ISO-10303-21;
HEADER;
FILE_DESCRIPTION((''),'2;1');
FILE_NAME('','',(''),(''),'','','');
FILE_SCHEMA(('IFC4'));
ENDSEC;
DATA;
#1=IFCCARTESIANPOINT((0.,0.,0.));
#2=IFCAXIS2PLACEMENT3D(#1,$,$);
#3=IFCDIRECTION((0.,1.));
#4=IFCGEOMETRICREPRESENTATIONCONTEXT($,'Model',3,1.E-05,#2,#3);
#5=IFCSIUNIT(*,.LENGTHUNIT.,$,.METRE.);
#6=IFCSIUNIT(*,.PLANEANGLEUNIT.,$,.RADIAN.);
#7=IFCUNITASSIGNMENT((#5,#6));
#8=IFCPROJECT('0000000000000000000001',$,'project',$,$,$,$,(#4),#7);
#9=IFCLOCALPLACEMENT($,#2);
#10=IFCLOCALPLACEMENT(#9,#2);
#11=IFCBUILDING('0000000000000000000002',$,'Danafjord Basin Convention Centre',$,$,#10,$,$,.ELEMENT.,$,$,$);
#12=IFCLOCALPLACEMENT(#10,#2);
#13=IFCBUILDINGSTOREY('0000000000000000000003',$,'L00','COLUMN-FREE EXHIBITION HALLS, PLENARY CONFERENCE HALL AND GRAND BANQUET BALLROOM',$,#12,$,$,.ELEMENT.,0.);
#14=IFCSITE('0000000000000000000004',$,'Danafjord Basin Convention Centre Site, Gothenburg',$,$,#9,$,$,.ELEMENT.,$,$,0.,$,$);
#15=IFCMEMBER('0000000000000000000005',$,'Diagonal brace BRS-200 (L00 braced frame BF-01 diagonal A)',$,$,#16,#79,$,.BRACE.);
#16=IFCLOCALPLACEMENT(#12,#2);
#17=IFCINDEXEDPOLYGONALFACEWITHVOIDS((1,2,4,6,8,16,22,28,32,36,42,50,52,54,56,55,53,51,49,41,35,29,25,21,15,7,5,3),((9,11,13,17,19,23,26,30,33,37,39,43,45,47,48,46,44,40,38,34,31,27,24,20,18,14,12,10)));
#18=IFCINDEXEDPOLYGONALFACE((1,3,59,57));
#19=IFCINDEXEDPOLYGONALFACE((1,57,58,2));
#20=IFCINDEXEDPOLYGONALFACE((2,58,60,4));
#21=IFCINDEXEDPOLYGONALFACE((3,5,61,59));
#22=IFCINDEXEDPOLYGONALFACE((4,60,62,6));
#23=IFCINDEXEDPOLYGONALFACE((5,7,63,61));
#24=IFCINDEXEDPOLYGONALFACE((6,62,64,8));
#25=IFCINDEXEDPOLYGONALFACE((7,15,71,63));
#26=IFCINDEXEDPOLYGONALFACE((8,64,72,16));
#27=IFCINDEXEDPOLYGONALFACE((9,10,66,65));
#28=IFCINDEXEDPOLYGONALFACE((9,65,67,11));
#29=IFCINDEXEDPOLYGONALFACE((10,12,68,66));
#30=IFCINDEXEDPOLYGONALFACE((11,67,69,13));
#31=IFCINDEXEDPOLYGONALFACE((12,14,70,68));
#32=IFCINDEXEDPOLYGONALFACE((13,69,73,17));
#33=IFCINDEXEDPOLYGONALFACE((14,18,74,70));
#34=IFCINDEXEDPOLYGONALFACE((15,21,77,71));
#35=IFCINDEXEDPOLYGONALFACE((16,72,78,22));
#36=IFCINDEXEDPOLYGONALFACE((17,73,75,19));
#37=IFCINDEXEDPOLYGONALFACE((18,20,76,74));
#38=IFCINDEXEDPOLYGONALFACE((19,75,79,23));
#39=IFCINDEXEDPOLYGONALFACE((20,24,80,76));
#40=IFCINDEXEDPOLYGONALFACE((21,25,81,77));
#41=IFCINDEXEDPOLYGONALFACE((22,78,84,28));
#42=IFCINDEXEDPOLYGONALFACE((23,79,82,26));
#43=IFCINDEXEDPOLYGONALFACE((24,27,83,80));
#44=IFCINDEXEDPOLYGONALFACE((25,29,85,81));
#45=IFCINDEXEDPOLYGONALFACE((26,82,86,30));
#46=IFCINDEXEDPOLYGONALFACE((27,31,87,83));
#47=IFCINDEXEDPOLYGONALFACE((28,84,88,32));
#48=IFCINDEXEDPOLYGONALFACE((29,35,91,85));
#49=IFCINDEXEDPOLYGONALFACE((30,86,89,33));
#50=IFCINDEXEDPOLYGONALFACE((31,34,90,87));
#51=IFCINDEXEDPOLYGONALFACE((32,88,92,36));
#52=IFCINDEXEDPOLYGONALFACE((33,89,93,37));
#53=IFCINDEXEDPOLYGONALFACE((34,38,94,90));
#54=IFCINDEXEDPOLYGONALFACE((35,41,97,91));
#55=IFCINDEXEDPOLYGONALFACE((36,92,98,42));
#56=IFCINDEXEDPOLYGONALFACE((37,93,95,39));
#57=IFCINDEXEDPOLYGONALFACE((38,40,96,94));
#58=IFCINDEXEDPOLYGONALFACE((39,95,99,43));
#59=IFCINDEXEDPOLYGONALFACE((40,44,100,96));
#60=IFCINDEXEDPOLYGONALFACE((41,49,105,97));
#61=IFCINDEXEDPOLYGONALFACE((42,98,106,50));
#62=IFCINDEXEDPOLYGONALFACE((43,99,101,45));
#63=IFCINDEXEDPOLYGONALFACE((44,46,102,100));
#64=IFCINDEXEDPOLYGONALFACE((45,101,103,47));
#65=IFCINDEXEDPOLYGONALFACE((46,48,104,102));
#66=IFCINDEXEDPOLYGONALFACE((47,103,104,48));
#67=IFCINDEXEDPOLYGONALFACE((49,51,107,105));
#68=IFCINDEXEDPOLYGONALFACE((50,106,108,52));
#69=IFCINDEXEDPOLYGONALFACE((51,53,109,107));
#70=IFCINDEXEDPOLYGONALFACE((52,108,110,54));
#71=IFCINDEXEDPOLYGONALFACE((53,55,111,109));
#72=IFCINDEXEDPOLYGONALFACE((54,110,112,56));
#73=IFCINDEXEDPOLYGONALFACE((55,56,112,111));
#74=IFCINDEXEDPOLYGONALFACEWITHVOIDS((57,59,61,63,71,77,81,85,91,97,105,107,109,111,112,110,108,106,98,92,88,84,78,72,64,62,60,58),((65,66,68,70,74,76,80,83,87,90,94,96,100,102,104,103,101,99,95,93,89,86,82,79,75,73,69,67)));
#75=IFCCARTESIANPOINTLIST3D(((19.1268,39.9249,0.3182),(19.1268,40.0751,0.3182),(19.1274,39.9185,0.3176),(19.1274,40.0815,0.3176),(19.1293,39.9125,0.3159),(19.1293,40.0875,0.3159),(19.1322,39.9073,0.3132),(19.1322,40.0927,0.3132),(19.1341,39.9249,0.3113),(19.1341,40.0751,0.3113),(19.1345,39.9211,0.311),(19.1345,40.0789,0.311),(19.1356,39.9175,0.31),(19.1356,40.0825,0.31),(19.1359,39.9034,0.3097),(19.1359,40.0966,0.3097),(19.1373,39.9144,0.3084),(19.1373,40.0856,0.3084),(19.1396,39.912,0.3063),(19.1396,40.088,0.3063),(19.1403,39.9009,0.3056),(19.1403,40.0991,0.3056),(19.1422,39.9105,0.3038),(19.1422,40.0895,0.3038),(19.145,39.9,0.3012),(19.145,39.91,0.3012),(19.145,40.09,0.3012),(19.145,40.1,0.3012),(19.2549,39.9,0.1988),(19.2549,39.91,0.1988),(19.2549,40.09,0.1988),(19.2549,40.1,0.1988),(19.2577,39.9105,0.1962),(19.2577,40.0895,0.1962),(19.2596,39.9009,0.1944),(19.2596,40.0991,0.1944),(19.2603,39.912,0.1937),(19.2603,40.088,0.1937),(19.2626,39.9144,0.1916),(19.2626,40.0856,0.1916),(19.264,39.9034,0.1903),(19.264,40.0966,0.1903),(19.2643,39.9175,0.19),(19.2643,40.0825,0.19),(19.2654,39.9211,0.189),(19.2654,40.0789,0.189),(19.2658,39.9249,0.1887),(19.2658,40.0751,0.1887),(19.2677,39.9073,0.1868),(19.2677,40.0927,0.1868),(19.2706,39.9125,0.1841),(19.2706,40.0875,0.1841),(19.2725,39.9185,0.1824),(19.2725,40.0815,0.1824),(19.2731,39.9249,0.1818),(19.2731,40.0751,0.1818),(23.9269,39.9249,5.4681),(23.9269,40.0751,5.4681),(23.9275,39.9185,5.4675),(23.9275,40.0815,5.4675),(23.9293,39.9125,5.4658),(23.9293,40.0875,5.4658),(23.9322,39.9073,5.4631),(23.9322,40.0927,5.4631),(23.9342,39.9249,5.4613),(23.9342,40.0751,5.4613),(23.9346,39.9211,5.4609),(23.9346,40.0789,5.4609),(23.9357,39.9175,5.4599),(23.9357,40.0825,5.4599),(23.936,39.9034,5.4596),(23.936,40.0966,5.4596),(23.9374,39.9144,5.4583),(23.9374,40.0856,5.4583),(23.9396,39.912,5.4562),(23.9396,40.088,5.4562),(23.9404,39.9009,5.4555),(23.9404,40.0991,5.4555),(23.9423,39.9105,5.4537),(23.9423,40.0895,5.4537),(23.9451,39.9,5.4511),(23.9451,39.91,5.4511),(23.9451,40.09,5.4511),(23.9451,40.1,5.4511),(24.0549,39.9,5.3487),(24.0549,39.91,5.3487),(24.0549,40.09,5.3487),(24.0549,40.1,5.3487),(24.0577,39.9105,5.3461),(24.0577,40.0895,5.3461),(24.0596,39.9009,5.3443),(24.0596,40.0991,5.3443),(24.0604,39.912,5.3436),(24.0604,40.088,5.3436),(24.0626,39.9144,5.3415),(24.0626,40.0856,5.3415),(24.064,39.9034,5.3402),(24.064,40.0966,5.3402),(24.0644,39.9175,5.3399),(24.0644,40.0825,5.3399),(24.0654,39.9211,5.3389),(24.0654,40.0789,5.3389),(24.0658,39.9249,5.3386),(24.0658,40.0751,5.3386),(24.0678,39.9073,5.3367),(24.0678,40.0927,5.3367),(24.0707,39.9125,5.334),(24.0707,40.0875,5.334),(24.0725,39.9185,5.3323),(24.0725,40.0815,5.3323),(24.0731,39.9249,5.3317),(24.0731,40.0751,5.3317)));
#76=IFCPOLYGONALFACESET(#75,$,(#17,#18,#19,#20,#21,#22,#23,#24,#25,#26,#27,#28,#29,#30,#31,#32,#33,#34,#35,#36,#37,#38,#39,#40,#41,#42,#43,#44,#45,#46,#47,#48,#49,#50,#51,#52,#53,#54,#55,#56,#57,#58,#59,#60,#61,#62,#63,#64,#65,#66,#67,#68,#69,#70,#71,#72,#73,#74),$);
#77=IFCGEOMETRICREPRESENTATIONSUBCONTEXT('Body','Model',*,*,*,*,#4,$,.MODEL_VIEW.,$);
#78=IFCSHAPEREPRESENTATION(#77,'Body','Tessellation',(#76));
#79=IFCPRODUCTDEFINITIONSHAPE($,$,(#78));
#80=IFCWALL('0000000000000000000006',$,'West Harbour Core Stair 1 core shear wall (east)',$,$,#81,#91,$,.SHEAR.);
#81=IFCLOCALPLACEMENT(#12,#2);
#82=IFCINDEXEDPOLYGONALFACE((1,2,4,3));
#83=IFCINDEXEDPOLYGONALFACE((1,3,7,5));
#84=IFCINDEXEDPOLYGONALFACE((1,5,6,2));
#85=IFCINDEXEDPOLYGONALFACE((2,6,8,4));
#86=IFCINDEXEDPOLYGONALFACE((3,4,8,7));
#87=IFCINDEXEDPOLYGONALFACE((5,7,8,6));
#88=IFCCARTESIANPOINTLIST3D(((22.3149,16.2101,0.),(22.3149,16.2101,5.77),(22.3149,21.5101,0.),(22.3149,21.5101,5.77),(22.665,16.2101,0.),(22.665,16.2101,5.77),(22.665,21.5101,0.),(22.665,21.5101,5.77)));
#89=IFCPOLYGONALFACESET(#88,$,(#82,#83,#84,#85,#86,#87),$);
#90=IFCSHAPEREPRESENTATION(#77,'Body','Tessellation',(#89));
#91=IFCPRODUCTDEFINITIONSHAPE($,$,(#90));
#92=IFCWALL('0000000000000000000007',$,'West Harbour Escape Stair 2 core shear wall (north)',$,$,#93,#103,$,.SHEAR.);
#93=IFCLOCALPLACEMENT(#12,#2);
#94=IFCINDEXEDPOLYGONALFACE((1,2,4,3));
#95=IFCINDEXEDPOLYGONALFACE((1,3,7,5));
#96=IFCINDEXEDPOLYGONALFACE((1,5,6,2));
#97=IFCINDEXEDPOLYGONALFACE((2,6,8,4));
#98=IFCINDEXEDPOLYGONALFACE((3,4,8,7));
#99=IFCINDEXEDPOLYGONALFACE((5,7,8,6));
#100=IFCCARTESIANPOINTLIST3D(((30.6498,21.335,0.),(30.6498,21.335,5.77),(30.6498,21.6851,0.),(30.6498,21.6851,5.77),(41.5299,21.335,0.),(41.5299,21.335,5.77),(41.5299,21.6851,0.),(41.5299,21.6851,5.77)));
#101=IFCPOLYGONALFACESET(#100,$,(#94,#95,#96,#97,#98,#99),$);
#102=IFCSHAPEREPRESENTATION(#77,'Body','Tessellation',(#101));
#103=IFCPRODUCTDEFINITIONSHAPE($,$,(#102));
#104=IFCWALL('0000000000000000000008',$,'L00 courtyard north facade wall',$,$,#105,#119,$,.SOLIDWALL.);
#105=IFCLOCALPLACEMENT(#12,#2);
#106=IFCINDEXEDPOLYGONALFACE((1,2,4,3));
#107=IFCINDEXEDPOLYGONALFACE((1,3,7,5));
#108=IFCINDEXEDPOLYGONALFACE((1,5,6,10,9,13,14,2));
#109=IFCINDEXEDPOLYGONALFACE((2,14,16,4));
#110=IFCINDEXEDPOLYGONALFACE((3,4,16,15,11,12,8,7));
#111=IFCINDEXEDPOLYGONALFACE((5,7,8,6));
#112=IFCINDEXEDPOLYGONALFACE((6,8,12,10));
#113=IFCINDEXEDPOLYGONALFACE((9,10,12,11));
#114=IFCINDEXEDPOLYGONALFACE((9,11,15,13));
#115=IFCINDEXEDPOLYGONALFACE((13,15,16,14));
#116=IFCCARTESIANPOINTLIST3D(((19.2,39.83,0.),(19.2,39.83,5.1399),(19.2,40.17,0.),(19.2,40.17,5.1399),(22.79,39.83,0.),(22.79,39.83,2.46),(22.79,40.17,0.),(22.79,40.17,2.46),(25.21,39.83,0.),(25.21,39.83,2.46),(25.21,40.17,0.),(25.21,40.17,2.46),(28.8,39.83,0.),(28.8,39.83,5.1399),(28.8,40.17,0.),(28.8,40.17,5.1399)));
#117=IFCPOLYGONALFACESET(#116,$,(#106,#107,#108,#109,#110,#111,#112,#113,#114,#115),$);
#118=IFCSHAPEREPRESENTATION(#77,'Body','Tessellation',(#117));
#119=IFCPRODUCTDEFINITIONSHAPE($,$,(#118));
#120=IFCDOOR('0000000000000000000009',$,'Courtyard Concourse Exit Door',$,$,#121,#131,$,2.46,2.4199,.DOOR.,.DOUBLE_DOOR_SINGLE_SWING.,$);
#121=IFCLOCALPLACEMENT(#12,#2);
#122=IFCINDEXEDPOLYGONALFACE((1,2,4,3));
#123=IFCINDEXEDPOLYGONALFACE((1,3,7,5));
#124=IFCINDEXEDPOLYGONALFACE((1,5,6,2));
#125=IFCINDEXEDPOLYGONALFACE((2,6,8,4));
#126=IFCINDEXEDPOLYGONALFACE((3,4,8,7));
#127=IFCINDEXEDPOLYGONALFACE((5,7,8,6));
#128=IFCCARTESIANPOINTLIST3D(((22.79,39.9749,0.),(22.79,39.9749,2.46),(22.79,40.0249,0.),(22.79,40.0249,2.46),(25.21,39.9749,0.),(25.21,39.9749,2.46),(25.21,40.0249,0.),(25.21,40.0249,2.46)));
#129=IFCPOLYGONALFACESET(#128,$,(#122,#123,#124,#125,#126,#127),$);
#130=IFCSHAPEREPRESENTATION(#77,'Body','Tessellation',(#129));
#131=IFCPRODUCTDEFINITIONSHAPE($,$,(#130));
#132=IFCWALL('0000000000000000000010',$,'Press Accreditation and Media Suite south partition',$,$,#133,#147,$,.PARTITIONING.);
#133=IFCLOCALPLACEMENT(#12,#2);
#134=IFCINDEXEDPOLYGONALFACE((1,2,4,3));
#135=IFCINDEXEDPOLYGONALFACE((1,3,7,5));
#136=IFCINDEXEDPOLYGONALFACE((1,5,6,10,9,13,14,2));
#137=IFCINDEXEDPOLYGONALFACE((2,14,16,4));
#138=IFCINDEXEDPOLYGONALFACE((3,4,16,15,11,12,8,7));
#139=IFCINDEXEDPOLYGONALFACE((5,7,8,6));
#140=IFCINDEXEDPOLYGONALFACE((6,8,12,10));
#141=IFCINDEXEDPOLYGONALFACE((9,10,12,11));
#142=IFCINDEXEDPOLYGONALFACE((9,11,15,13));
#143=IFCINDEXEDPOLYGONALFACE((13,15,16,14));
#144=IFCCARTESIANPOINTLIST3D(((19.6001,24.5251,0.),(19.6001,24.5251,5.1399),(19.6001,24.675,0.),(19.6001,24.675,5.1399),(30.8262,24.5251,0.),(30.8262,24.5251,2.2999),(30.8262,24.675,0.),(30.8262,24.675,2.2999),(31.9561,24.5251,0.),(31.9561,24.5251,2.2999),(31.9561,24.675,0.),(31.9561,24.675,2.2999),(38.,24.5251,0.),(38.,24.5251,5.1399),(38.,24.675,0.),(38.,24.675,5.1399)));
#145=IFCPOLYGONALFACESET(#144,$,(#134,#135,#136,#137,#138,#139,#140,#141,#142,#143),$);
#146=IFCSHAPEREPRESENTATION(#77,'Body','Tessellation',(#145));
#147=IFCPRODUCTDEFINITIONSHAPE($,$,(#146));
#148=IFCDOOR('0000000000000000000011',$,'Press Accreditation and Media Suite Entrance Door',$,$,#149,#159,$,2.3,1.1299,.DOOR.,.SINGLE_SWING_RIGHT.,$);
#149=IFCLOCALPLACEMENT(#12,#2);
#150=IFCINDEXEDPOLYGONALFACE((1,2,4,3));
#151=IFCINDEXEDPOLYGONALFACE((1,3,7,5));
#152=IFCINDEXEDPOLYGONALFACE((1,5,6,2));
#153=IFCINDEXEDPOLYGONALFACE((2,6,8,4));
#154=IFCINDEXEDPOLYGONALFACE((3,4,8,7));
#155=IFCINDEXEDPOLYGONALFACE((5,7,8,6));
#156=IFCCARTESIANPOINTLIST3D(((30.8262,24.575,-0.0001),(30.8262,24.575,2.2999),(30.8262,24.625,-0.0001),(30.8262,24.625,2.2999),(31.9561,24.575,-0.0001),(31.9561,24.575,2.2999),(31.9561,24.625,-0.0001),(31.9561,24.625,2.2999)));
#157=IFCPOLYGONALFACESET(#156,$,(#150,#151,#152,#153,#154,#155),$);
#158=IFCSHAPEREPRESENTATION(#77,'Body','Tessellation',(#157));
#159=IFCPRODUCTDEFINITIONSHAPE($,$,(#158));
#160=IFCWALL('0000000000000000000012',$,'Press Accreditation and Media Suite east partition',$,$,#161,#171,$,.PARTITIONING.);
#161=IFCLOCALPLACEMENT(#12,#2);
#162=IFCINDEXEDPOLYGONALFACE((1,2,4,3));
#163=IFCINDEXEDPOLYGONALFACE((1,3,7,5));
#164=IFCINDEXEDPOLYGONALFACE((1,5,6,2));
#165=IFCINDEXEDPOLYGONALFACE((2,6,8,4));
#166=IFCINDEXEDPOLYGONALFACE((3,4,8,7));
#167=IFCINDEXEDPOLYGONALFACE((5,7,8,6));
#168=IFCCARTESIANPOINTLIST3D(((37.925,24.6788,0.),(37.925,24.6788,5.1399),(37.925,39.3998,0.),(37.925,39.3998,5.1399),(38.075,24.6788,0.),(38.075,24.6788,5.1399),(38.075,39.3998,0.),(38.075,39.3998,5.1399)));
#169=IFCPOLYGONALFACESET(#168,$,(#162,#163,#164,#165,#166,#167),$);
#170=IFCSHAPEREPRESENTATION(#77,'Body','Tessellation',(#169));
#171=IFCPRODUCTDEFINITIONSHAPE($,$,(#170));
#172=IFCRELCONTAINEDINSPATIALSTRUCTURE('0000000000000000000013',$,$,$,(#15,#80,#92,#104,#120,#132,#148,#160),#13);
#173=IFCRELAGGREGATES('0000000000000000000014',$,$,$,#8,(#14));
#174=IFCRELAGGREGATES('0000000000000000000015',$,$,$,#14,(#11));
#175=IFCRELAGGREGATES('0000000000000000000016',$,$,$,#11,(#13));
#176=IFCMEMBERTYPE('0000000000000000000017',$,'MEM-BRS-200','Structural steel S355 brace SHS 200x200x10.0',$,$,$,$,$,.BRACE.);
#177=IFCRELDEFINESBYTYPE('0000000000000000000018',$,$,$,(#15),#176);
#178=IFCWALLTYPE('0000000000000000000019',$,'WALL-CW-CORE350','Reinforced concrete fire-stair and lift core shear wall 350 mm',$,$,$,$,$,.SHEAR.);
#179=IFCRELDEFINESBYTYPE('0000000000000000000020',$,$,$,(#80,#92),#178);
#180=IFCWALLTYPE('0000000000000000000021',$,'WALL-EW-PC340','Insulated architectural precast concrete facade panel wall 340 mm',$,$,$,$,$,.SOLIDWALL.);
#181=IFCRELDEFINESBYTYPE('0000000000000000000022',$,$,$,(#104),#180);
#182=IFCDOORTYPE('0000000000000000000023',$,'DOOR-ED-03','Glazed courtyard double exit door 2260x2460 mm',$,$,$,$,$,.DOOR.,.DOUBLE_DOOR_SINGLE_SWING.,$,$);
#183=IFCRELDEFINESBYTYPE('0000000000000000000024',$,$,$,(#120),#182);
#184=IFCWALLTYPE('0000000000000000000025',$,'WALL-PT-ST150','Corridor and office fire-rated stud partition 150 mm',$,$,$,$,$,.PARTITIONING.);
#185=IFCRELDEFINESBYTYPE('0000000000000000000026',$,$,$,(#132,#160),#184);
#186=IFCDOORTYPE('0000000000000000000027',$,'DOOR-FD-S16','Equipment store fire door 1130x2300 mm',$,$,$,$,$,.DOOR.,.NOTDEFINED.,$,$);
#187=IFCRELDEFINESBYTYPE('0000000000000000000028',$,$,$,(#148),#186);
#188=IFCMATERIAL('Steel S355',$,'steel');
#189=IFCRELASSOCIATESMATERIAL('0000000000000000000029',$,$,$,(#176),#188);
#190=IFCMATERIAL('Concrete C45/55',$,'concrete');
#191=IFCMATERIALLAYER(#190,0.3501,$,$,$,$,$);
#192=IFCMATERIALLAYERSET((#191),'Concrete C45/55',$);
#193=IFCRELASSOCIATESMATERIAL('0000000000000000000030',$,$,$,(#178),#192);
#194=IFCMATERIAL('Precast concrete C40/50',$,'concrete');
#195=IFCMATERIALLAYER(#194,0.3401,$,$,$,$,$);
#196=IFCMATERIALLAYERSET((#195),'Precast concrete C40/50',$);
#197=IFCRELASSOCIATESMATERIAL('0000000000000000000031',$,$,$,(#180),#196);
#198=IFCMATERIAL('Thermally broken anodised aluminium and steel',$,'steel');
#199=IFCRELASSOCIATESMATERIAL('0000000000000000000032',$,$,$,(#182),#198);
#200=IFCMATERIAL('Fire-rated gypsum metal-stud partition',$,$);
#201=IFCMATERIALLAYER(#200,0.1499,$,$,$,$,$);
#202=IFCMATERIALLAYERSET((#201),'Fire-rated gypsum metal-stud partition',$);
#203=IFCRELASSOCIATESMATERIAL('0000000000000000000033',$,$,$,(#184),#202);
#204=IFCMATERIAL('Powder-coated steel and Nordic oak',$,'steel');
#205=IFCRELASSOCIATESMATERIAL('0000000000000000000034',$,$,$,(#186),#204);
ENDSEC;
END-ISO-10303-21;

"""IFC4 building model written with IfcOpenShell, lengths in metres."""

from ifc_helpers import new_model, si_unit, direction, frame, frame_2d, origin, origin_2d, place, context, subcontext, project, spatial, rectangle, hollow_rectangle, extrude, material, layer, layer_set, material_profile, profile_set, type_object, element, fill, save


model = new_model("IFC4")

# Units and contexts
model_context = context("Model", 3, precision=1e-05, world=origin(), true_north=direction((0.0, 1.0)))
body_context = subcontext(model_context, "Body", "Model", "MODEL_VIEW")
ifc_project = project(units=[si_unit("LENGTHUNIT", "METRE"), si_unit("PLANEANGLEUNIT", "RADIAN")], contexts=[model_context])

# Site, building, storey
site_placement = place(None, origin())
site = spatial("IfcSite", under=ifc_project, at=site_placement, Name="Danafjord Basin Convention Centre Site, Gothenburg", CompositionType="ELEMENT", RefElevation=0.0)
building_placement = place(site_placement, origin())
building = spatial("IfcBuilding", under=site, at=building_placement, Name="Danafjord Basin Convention Centre", CompositionType="ELEMENT")
storey_placement = place(building_placement, origin())
storey = spatial("IfcBuildingStorey", under=building, at=storey_placement, Name="L00", Description="COLUMN-FREE EXHIBITION HALLS, PLENARY CONFERENCE HALL AND GRAND BANQUET BALLROOM", CompositionType="ELEMENT", Elevation=0.0)

# Shared definitions
ifc_material_1 = material(Name="Steel S355", Category="steel")

# Member
ifc_material_profile_1 = material_profile(ifc_material_1, hollow_rectangle(XDim=0.2, YDim=0.2, WallThickness=0.01, InnerFilletRadius=0.0149, OuterFilletRadius=0.0249, at=origin_2d()), Name="SHS 200x200x10.0")
ifc_profile_set_1 = profile_set([ifc_material_profile_1], Name="Steel S355")
member_type = type_object("IfcMemberType", Name="MEM-BRS-200", Description="Structural steel S355 brace SHS 200x200x10.0", PredefinedType="BRACE", material=ifc_profile_set_1)
member_placement = place(storey_placement, frame((19.2, 40.0, 0.25), z_axis=(0.681823, 0.0, 0.731518), x_axis=(0.0, 1.0, 0.0)))
element("IfcMember", 1, at=member_placement, inside=storey, type_object=member_type, Name="Diagonal brace BRS-200 (L00 braced frame BF-01 diagonal A)", PredefinedType="BRACE", context=body_context, shape_type="SweptSolid", body=[
    extrude(hollow_rectangle(XDim=0.2, YDim=0.2, WallThickness=0.01, InnerFilletRadius=0.0149, OuterFilletRadius=0.0249, at=origin_2d()), origin(), (0.0, 0.0, 1.0), 7.04),
])

# Walls
ifc_material_2 = material(Name="Concrete C45/55", Category="concrete")
ifc_layer_1 = layer(ifc_material_2, 0.3501)
ifc_layer_set_1 = layer_set([ifc_layer_1], Name="Concrete C45/55")
wall_type_1 = type_object("IfcWallType", Name="WALL-CW-CORE350", Description="Reinforced concrete fire-stair and lift core shear wall 350 mm", PredefinedType="SHEAR", material=ifc_layer_set_1)
wall_1_placement = place(storey_placement, frame((22.49, 21.51, 0.0), z_axis=(0.0, 0.0, 1.0), x_axis=(0.0, -1.0, 0.0)))
element("IfcWall", 2, at=wall_1_placement, inside=storey, type_object=wall_type_1, Name="West Harbour Core Stair 1 core shear wall (east)", PredefinedType="SHEAR", context=body_context, shape_type="SweptSolid", body=[
    extrude(rectangle(XDim=5.3, YDim=0.3501, at=frame_2d((2.6499, 0.0))), origin(), (0.0, 0.0, 1.0), 5.77),
])
wall_2_placement = place(storey_placement, frame((30.6499, 21.51, 0.0), z_axis=(0.0, 0.0, 1.0), x_axis=(1.0, 0.0, 0.0)))
element("IfcWall", 3, at=wall_2_placement, inside=storey, type_object=wall_type_1, Name="West Harbour Escape Stair 2 core shear wall (north)", PredefinedType="SHEAR", context=body_context, shape_type="SweptSolid", body=[
    extrude(rectangle(XDim=10.8801, YDim=0.3501, at=frame_2d((5.4399, 0.0))), origin(), (0.0, 0.0, 1.0), 5.77),
])

# Walls, openings, doors
ifc_material_3 = material(Name="Precast concrete C40/50", Category="concrete")
ifc_layer_2 = layer(ifc_material_3, 0.3401)
ifc_layer_set_2 = layer_set([ifc_layer_2], Name="Precast concrete C40/50")
wall_type_2 = type_object("IfcWallType", Name="WALL-EW-PC340", Description="Insulated architectural precast concrete facade panel wall 340 mm", PredefinedType="SOLIDWALL", material=ifc_layer_set_2)
wall_3_placement = place(storey_placement, frame((19.2, 40.0, 0.0), z_axis=(0.0, 0.0, 1.0), x_axis=(1.0, 0.0, 0.0)))
wall_3 = element("IfcWall", 4, at=wall_3_placement, inside=storey, type_object=wall_type_2, Name="L00 courtyard north facade wall", PredefinedType="SOLIDWALL", context=body_context, shape_type="SweptSolid", body=[
    extrude(rectangle(XDim=9.6001, YDim=0.3401, at=frame_2d((4.8, 0.0))), origin(), (0.0, 0.0, 1.0), 5.1399),
])
opening_1_placement = place(wall_3_placement, frame((3.5901, 0.0, 0.0)))
opening_1 = element("IfcOpeningElement", 5, at=opening_1_placement, cuts=wall_3, PredefinedType="OPENING", context=body_context, shape_type="SweptSolid", body=[
    extrude(rectangle(XDim=2.4199, YDim=2.46, at=frame_2d((1.21, 1.23))), frame((0.0, 0.1799, 0.0), z_axis=(0.0, -1.0, 0.0), x_axis=(1.0, 0.0, 0.0)), (0.0, 0.0, 1.0), 0.3601),
])
ifc_material_4 = material(Name="Thermally broken anodised aluminium and steel", Category="steel")
door_type_1 = type_object("IfcDoorType", Name="DOOR-ED-03", Description="Glazed courtyard double exit door 2260x2460 mm", OperationType="DOUBLE_DOOR_SINGLE_SWING", PredefinedType="DOOR", material=ifc_material_4)
door_1_placement = place(opening_1_placement, origin())
door_1 = element("IfcDoor", 6, at=door_1_placement, inside=storey, type_object=door_type_1, Name="Courtyard Concourse Exit Door", OperationType="DOUBLE_DOOR_SINGLE_SWING", OverallHeight=2.46, OverallWidth=2.4199, PredefinedType="DOOR", context=body_context, shape_type="SweptSolid", body=[
    extrude(rectangle(XDim=2.4199, YDim=2.46, at=frame_2d((1.21, 1.23))), frame((0.0, 0.0249, 0.0), z_axis=(0.0, -1.0, 0.0), x_axis=(1.0, 0.0, 0.0)), (0.0, 0.0, 1.0), 0.05),
])
fill(opening_1, door_1)
ifc_material_5 = material(Name="Fire-rated gypsum metal-stud partition")
ifc_layer_3 = layer(ifc_material_5, 0.1499)
ifc_layer_set_3 = layer_set([ifc_layer_3], Name="Fire-rated gypsum metal-stud partition")
wall_type_3 = type_object("IfcWallType", Name="WALL-PT-ST150", Description="Corridor and office fire-rated stud partition 150 mm", PredefinedType="PARTITIONING", material=ifc_layer_set_3)
wall_4_placement = place(storey_placement, frame((19.6001, 24.6001, 0.0), z_axis=(0.0, 0.0, 1.0), x_axis=(1.0, 0.0, 0.0)))
wall_4 = element("IfcWall", 7, at=wall_4_placement, inside=storey, type_object=wall_type_3, Name="Press Accreditation and Media Suite south partition", PredefinedType="PARTITIONING", context=body_context, shape_type="SweptSolid", body=[
    extrude(rectangle(XDim=18.3999, YDim=0.1499, at=frame_2d((9.2, 0.0))), origin(), (0.0, 0.0, 1.0), 5.1399),
])
opening_2_placement = place(wall_4_placement, frame((11.2261, 0.0, 0.0)))
opening_2 = element("IfcOpeningElement", 8, at=opening_2_placement, cuts=wall_4, PredefinedType="OPENING", context=body_context, shape_type="SweptSolid", body=[
    extrude(rectangle(XDim=1.1299, YDim=2.3, at=frame_2d((0.5649, 1.1499))), frame((0.0, 0.085, 0.0), z_axis=(0.0, -1.0, 0.0), x_axis=(1.0, 0.0, 0.0)), (0.0, 0.0, 1.0), 0.1699),
])
ifc_material_6 = material(Name="Powder-coated steel and Nordic oak", Category="steel")
door_type_2 = type_object("IfcDoorType", Name="DOOR-FD-S16", Description="Equipment store fire door 1130x2300 mm", OperationType="NOTDEFINED", PredefinedType="DOOR", material=ifc_material_6)
door_2_placement = place(opening_2_placement, origin())
door_2 = element("IfcDoor", 9, at=door_2_placement, inside=storey, type_object=door_type_2, Name="Press Accreditation and Media Suite Entrance Door", OperationType="SINGLE_SWING_RIGHT", OverallHeight=2.3, OverallWidth=1.1299, PredefinedType="DOOR", context=body_context, shape_type="SweptSolid", body=[
    extrude(rectangle(XDim=1.1299, YDim=2.3, at=frame_2d((0.5649, 1.1499))), frame((0.0, 0.0249, 0.0), z_axis=(0.0, -1.0, 0.0), x_axis=(1.0, 0.0, 0.0)), (0.0, 0.0, 1.0), 0.05),
])
fill(opening_2, door_2)

# Wall
wall_5_placement = place(storey_placement, frame((38.0, 24.679, 0.0), z_axis=(0.0, 0.0, 1.0), x_axis=(0.0, 1.0, 0.0)))
element("IfcWall", 10, at=wall_5_placement, inside=storey, type_object=wall_type_3, Name="Press Accreditation and Media Suite east partition", PredefinedType="PARTITIONING", context=body_context, shape_type="SweptSolid", body=[
    extrude(rectangle(XDim=14.7209, YDim=0.1499, at=frame_2d((7.3604, 0.0))), origin(), (0.0, 0.0, 1.0), 5.1399),
])

save(model, "model.ifc")
